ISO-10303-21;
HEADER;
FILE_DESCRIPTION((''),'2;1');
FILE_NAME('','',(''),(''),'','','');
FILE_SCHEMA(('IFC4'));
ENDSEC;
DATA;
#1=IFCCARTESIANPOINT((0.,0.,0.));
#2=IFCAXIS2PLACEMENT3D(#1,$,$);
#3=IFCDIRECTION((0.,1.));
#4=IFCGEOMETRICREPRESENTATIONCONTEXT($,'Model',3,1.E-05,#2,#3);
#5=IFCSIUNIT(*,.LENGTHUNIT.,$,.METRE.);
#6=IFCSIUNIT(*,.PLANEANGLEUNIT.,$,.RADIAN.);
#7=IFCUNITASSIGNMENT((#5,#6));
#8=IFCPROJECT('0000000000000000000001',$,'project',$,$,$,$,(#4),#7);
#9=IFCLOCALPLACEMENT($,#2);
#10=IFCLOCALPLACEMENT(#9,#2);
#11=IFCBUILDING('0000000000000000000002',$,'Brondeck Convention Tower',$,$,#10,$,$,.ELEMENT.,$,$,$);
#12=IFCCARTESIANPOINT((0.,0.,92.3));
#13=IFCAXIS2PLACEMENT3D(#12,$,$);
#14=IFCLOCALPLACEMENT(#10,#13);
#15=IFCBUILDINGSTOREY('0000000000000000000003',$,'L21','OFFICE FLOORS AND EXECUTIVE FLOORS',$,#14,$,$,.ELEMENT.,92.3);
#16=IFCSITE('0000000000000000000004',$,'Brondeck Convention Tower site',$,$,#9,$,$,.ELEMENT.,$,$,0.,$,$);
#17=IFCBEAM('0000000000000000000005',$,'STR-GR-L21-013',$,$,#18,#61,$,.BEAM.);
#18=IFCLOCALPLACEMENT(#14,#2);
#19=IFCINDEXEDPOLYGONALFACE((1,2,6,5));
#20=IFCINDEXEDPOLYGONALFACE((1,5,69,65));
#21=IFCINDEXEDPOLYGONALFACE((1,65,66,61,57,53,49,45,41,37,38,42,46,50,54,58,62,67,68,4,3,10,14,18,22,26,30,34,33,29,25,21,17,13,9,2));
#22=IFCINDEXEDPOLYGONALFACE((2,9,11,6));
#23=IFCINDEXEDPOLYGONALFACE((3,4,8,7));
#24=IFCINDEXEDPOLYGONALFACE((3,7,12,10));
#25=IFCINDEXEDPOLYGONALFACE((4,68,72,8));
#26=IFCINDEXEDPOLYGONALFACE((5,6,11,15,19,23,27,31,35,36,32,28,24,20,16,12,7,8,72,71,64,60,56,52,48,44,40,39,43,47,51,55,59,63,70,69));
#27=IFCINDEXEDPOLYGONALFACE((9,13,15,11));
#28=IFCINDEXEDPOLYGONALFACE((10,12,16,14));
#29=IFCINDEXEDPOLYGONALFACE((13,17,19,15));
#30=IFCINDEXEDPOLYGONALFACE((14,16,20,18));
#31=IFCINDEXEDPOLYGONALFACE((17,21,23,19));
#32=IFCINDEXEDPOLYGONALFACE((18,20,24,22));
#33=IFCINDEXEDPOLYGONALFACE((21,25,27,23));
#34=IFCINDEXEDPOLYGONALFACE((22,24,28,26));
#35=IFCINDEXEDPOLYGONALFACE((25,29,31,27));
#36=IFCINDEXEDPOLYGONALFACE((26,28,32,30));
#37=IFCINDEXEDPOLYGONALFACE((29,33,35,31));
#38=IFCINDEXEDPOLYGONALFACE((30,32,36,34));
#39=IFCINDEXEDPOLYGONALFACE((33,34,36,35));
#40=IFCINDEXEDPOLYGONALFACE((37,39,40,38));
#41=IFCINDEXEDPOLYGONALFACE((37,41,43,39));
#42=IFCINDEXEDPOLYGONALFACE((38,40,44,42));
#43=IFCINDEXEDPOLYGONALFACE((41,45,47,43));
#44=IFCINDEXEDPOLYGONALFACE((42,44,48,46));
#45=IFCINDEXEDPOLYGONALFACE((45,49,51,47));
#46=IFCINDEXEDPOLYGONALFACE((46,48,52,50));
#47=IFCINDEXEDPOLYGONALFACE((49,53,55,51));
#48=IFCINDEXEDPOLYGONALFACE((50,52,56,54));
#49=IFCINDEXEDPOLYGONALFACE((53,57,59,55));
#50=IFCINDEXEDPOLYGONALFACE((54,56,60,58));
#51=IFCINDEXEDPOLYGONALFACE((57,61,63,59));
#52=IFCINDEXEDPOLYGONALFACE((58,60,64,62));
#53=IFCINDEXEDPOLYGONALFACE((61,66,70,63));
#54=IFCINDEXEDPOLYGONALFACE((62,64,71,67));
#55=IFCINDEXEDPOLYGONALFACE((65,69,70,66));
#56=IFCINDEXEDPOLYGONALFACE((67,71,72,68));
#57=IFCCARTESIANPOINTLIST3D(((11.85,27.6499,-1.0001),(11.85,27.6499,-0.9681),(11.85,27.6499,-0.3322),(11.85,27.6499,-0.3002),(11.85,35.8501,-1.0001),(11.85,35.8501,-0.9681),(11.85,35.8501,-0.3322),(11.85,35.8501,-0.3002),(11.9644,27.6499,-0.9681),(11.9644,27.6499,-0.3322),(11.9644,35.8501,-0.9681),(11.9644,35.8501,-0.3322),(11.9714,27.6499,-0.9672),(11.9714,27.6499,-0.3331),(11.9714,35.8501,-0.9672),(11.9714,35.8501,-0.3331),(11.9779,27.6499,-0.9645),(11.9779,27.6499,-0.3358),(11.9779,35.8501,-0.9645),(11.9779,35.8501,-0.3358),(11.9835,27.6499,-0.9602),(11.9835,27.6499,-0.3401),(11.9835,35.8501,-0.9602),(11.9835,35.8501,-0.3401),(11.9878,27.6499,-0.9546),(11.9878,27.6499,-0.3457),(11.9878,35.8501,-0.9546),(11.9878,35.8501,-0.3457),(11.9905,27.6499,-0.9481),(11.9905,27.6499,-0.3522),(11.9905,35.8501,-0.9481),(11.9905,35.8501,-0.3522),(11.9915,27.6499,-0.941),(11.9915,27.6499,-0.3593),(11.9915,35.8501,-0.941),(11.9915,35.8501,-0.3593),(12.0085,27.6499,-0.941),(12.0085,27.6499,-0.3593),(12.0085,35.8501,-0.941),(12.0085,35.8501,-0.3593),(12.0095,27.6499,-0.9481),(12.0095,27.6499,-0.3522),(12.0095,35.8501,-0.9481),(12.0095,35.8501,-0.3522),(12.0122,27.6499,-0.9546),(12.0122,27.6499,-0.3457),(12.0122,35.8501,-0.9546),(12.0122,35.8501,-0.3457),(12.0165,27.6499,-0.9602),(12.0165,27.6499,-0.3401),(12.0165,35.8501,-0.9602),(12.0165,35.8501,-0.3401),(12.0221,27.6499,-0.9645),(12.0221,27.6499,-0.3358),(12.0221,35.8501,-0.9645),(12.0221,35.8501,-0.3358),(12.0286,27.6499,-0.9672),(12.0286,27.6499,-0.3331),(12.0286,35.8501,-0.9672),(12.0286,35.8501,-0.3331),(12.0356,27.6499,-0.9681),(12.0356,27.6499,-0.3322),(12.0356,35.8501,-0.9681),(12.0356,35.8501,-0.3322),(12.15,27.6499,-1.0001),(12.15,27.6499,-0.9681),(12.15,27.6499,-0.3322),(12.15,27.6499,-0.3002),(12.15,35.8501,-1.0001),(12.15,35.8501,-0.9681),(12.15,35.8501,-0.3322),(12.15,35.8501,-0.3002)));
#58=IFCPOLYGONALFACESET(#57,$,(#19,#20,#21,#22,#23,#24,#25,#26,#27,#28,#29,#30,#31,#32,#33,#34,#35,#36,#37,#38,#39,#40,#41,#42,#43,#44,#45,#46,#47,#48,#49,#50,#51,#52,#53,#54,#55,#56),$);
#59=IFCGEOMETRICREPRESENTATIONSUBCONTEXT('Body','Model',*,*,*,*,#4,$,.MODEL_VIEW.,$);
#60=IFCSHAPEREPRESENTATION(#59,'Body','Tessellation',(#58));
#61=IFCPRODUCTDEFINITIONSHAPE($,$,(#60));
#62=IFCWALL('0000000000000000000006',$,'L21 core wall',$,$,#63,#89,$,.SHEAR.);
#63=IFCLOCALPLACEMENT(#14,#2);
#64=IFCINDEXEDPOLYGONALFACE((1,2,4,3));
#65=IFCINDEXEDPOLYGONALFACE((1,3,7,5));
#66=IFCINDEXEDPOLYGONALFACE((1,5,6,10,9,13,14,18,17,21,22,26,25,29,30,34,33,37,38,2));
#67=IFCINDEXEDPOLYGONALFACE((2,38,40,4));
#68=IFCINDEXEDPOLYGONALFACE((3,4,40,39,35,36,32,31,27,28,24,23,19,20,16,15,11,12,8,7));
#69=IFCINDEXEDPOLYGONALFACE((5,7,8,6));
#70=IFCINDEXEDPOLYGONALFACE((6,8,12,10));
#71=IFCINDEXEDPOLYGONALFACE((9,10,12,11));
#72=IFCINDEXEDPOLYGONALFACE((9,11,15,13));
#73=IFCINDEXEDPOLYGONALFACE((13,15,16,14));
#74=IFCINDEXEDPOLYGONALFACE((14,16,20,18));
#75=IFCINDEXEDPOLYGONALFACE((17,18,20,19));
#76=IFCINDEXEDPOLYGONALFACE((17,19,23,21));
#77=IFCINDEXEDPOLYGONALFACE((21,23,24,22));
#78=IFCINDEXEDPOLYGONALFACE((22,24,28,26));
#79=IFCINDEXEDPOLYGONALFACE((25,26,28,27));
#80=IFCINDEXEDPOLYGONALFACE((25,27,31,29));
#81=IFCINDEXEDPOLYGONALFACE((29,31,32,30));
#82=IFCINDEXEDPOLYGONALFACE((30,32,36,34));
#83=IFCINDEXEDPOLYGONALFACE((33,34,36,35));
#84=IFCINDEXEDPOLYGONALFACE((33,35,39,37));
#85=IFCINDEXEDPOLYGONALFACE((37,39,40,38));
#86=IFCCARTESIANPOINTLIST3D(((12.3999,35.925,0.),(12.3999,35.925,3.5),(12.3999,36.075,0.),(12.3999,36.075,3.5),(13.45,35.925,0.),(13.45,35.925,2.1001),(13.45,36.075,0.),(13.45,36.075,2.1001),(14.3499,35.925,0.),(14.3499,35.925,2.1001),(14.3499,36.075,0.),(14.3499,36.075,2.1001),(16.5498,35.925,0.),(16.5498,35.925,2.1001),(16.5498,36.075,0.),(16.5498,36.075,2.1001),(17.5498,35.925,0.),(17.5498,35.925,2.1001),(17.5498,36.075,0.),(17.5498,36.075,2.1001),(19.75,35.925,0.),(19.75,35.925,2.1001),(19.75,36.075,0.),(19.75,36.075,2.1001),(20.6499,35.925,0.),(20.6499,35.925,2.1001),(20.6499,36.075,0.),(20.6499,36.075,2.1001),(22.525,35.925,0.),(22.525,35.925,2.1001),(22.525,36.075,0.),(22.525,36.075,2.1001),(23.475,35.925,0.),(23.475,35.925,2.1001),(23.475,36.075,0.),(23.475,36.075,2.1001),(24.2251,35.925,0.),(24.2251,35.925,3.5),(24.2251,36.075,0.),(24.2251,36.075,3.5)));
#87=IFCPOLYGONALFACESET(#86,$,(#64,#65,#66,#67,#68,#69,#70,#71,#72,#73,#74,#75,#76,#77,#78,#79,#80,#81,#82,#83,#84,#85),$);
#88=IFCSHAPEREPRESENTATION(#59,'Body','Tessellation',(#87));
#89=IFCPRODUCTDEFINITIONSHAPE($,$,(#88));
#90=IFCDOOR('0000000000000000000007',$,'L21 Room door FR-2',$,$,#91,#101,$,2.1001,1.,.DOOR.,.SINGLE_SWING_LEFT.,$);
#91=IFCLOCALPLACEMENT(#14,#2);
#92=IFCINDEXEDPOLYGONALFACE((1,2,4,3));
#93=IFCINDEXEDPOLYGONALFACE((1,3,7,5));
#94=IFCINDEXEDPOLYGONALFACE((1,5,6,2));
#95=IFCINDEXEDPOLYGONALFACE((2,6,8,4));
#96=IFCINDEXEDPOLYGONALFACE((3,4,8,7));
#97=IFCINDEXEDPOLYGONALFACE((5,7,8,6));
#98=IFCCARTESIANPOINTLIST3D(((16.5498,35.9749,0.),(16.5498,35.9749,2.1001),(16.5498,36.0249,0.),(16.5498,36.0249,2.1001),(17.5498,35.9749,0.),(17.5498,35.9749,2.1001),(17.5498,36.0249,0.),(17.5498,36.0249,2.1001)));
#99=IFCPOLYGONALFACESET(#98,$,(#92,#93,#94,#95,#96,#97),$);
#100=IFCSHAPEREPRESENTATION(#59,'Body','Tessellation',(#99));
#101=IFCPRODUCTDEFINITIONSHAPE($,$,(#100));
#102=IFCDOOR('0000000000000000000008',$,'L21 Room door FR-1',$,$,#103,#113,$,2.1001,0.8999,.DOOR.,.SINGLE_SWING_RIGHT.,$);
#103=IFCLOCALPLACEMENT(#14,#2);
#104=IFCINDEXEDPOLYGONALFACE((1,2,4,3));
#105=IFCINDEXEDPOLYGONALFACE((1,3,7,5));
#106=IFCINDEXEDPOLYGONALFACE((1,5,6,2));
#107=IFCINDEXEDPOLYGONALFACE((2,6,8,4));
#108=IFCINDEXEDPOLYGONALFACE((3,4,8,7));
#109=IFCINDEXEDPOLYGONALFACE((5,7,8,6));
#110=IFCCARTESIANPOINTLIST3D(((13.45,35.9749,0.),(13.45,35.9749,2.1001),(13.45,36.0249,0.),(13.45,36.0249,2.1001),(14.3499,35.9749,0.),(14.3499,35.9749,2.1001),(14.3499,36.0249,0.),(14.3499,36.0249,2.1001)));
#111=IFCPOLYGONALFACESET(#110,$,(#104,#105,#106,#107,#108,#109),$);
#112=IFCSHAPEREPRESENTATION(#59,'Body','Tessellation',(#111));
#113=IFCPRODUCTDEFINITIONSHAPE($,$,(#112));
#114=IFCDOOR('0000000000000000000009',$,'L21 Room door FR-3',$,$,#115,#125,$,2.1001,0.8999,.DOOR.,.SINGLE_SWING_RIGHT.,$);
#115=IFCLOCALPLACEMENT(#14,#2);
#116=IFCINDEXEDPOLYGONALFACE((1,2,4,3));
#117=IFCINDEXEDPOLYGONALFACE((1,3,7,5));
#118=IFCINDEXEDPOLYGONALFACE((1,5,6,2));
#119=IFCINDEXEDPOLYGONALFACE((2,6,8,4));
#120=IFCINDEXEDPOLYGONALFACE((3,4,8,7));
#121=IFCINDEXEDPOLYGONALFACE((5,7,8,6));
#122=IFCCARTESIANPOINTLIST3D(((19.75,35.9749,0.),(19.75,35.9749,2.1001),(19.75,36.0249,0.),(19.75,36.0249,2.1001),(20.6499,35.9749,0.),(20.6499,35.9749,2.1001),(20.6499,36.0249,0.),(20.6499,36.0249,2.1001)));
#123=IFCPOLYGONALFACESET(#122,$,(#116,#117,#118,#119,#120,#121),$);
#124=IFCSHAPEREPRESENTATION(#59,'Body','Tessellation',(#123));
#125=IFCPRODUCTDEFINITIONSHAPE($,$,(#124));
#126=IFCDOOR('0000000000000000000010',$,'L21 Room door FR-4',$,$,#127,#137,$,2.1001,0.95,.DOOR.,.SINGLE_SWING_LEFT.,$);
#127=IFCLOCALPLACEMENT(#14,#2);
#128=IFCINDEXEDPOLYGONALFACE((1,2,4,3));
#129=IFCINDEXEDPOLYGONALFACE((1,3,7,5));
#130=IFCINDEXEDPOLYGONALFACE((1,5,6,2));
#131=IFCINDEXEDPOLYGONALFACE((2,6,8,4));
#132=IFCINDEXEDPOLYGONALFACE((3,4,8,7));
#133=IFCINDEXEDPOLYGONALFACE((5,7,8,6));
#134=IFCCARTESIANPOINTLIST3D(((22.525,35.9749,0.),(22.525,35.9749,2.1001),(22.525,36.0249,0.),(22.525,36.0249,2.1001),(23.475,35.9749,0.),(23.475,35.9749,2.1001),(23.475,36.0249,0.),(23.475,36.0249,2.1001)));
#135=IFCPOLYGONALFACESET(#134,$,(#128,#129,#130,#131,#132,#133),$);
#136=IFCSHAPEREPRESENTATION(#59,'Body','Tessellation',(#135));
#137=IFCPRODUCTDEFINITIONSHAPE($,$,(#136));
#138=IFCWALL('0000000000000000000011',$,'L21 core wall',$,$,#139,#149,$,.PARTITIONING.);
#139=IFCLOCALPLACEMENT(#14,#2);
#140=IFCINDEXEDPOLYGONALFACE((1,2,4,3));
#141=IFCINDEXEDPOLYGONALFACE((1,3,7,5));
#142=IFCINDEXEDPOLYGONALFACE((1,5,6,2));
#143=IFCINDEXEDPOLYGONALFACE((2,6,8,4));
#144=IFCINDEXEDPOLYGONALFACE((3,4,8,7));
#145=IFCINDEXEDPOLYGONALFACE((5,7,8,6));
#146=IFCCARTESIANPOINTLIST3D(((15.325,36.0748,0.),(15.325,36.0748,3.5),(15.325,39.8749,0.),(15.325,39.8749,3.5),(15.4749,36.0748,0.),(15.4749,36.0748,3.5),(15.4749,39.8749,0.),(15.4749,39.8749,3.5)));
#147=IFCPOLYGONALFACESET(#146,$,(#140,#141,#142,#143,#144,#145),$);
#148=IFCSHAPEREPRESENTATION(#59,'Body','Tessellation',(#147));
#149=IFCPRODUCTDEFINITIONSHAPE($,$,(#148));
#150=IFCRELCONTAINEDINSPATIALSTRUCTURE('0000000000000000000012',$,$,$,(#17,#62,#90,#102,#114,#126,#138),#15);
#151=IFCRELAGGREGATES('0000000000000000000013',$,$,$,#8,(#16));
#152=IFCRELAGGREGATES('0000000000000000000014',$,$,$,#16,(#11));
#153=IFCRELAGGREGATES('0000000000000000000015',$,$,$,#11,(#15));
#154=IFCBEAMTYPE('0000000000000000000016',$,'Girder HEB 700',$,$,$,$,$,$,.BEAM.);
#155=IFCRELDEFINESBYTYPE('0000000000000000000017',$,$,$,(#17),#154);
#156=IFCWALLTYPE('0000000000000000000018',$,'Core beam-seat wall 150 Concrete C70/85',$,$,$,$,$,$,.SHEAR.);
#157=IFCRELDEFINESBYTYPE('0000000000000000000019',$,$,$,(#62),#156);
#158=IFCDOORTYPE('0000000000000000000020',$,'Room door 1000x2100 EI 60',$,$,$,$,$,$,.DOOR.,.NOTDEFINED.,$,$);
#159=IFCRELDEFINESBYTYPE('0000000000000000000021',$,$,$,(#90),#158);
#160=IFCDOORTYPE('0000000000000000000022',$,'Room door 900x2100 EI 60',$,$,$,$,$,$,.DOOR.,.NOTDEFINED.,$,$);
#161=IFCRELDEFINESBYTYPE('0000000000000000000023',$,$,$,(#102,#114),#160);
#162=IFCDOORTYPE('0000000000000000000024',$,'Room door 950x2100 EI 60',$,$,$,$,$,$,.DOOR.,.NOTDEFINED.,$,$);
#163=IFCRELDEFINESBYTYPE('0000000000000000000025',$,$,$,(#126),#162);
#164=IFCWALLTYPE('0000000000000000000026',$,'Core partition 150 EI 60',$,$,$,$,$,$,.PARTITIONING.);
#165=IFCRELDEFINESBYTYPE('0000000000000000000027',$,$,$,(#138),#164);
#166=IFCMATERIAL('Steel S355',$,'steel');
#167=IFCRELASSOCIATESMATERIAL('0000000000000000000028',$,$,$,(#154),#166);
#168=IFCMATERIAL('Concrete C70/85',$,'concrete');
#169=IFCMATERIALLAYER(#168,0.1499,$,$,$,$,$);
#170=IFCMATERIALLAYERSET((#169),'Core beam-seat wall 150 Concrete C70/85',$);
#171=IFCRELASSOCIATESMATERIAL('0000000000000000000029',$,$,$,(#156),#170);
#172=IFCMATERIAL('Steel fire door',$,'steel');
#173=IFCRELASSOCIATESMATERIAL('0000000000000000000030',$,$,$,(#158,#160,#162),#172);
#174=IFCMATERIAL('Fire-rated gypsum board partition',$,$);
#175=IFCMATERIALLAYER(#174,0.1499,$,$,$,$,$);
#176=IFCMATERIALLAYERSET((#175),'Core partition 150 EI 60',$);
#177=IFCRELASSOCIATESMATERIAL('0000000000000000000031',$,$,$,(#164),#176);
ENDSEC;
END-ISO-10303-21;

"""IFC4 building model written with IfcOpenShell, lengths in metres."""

from ifc_helpers import new_model, si_unit, direction, frame, frame_2d, origin, origin_2d, place, context, subcontext, project, spatial, rectangle, i_section, extrude, material, layer, layer_set, material_profile, profile_set, type_object, element, fill, save


model = new_model("IFC4")

# Units and contexts
model_context = context("Model", 3, precision=1e-05, world=origin(), true_north=direction((0.0, 1.0)))
body_context = subcontext(model_context, "Body", "Model", "MODEL_VIEW")
ifc_project = project(units=[si_unit("LENGTHUNIT", "METRE"), si_unit("PLANEANGLEUNIT", "RADIAN")], contexts=[model_context])

# Site, building, storey
site_placement = place(None, origin())
site = spatial("IfcSite", under=ifc_project, at=site_placement, Name="Brondeck Convention Tower site", CompositionType="ELEMENT", RefElevation=0.0)
building_placement = place(site_placement, origin())
building = spatial("IfcBuilding", under=site, at=building_placement, Name="Brondeck Convention Tower", CompositionType="ELEMENT")
storey_placement = place(building_placement, frame((0.0, 0.0, 92.3)))
storey = spatial("IfcBuildingStorey", under=building, at=storey_placement, Name="L21", Description="OFFICE FLOORS AND EXECUTIVE FLOORS", CompositionType="ELEMENT", Elevation=92.3)

# Beam
ifc_material_1 = material(Name="Steel S355", Category="steel")
ifc_material_profile = material_profile(ifc_material_1, i_section(OverallWidth=0.3, OverallDepth=0.7, WebThickness=0.0171, FlangeThickness=0.032, FilletRadius=0.0271, at=origin_2d()), Name="HEB 700")
ifc_profile_set = profile_set([ifc_material_profile], Name="Steel S355")
beam_type = type_object("IfcBeamType", Name="Girder HEB 700", PredefinedType="BEAM", material=ifc_profile_set)
beam_placement = place(storey_placement, frame((12.0, 35.8501, -0.6501), z_axis=(0.0, -1.0, 0.0), x_axis=(1.0, 0.0, 0.0)))
element("IfcBeam", 1, at=beam_placement, inside=storey, type_object=beam_type, Name="STR-GR-L21-013", PredefinedType="BEAM", context=body_context, shape_type="SweptSolid", body=[
    extrude(i_section(OverallWidth=0.3, OverallDepth=0.7, WebThickness=0.0171, FlangeThickness=0.032, FilletRadius=0.0271, at=origin_2d()), origin(), (0.0, 0.0, 1.0), 8.2002),
])

# Wall, openings, doors
ifc_material_2 = material(Name="Concrete C70/85", Category="concrete")
ifc_layer_1 = layer(ifc_material_2, 0.1499)
ifc_layer_set_1 = layer_set([ifc_layer_1], Name="Core beam-seat wall 150 Concrete C70/85")
wall_type_1 = type_object("IfcWallType", Name="Core beam-seat wall 150 Concrete C70/85", PredefinedType="SHEAR", material=ifc_layer_set_1)
wall_1_placement = place(storey_placement, frame((12.3999, 36.0, 0.0), z_axis=(0.0, 0.0, 1.0), x_axis=(1.0, 0.0, 0.0)))
wall_1 = element("IfcWall", 2, at=wall_1_placement, inside=storey, type_object=wall_type_1, Name="L21 core wall", PredefinedType="SHEAR", context=body_context, shape_type="SweptSolid", body=[
    extrude(rectangle(XDim=11.8252, YDim=0.1499, at=frame_2d((5.9126, 0.0))), origin(), (0.0, 0.0, 1.0), 3.5),
])
opening_1_placement = place(wall_1_placement, frame((1.05, 0.0, 0.0)))
opening_1 = element("IfcOpeningElement", 3, at=opening_1_placement, cuts=wall_1, PredefinedType="OPENING", context=body_context, shape_type="SweptSolid", body=[
    extrude(rectangle(XDim=0.8999, YDim=2.1001, at=frame_2d((0.45, 1.05))), frame((0.0, 0.085, 0.0), z_axis=(0.0, -1.0, 0.0), x_axis=(1.0, 0.0, 0.0)), (0.0, 0.0, 1.0), 0.1699),
])
opening_2_placement = place(wall_1_placement, frame((4.1499, 0.0, 0.0)))
opening_2 = element("IfcOpeningElement", 4, at=opening_2_placement, cuts=wall_1, PredefinedType="OPENING", context=body_context, shape_type="SweptSolid", body=[
    extrude(rectangle(XDim=1.0, YDim=2.1001, at=frame_2d((0.5, 1.05))), frame((0.0, 0.085, 0.0), z_axis=(0.0, -1.0, 0.0), x_axis=(1.0, 0.0, 0.0)), (0.0, 0.0, 1.0), 0.1699),
])
opening_3_placement = place(wall_1_placement, frame((7.3501, 0.0, 0.0)))
opening_3 = element("IfcOpeningElement", 5, at=opening_3_placement, cuts=wall_1, PredefinedType="OPENING", context=body_context, shape_type="SweptSolid", body=[
    extrude(rectangle(XDim=0.8999, YDim=2.1001, at=frame_2d((0.45, 1.05))), frame((0.0, 0.085, 0.0), z_axis=(0.0, -1.0, 0.0), x_axis=(1.0, 0.0, 0.0)), (0.0, 0.0, 1.0), 0.1699),
])
opening_4_placement = place(wall_1_placement, frame((10.125, 0.0, 0.0)))
opening_4 = element("IfcOpeningElement", 6, at=opening_4_placement, cuts=wall_1, PredefinedType="OPENING", context=body_context, shape_type="SweptSolid", body=[
    extrude(rectangle(XDim=0.95, YDim=2.1001, at=frame_2d((0.4751, 1.05))), frame((0.0, 0.085, 0.0), z_axis=(0.0, -1.0, 0.0), x_axis=(1.0, 0.0, 0.0)), (0.0, 0.0, 1.0), 0.1699),
])
ifc_material_3 = material(Name="Steel fire door", Category="steel")
door_type_1 = type_object("IfcDoorType", Name="Room door 1000x2100 EI 60", OperationType="NOTDEFINED", PredefinedType="DOOR", material=ifc_material_3)
door_1_placement = place(opening_2_placement, origin())
door_1 = element("IfcDoor", 7, at=door_1_placement, inside=storey, type_object=door_type_1, Name="L21 Room door FR-2", OperationType="SINGLE_SWING_LEFT", OverallHeight=2.1001, OverallWidth=1.0, PredefinedType="DOOR", context=body_context, shape_type="SweptSolid", body=[
    extrude(rectangle(XDim=1.0, YDim=2.1001, at=frame_2d((0.5, 1.05))), frame((0.0, 0.0249, 0.0), z_axis=(0.0, -1.0, 0.0), x_axis=(1.0, 0.0, 0.0)), (0.0, 0.0, 1.0), 0.05),
])
fill(opening_2, door_1)
door_type_2 = type_object("IfcDoorType", Name="Room door 900x2100 EI 60", OperationType="NOTDEFINED", PredefinedType="DOOR", material=ifc_material_3)
door_2_placement = place(opening_1_placement, origin())
door_2 = element("IfcDoor", 8, at=door_2_placement, inside=storey, type_object=door_type_2, Name="L21 Room door FR-1", OperationType="SINGLE_SWING_RIGHT", OverallHeight=2.1001, OverallWidth=0.8999, PredefinedType="DOOR", context=body_context, shape_type="SweptSolid", body=[
    extrude(rectangle(XDim=0.8999, YDim=2.1001, at=frame_2d((0.45, 1.05))), frame((0.0, 0.0249, 0.0), z_axis=(0.0, -1.0, 0.0), x_axis=(1.0, 0.0, 0.0)), (0.0, 0.0, 1.0), 0.05),
])
fill(opening_1, door_2)
door_3_placement = place(opening_3_placement, origin())
door_3 = element("IfcDoor", 9, at=door_3_placement, inside=storey, type_object=door_type_2, Name="L21 Room door FR-3", OperationType="SINGLE_SWING_RIGHT", OverallHeight=2.1001, OverallWidth=0.8999, PredefinedType="DOOR", context=body_context, shape_type="SweptSolid", body=[
    extrude(rectangle(XDim=0.8999, YDim=2.1001, at=frame_2d((0.45, 1.05))), frame((0.0, 0.0249, 0.0), z_axis=(0.0, -1.0, 0.0), x_axis=(1.0, 0.0, 0.0)), (0.0, 0.0, 1.0), 0.05),
])
fill(opening_3, door_3)
door_type_3 = type_object("IfcDoorType", Name="Room door 950x2100 EI 60", OperationType="NOTDEFINED", PredefinedType="DOOR", material=ifc_material_3)
door_4_placement = place(opening_4_placement, origin())
door_4 = element("IfcDoor", 10, at=door_4_placement, inside=storey, type_object=door_type_3, Name="L21 Room door FR-4", OperationType="SINGLE_SWING_LEFT", OverallHeight=2.1001, OverallWidth=0.95, PredefinedType="DOOR", context=body_context, shape_type="SweptSolid", body=[
    extrude(rectangle(XDim=0.95, YDim=2.1001, at=frame_2d((0.4751, 1.05))), frame((0.0, 0.0249, 0.0), z_axis=(0.0, -1.0, 0.0), x_axis=(1.0, 0.0, 0.0)), (0.0, 0.0, 1.0), 0.05),
])
fill(opening_4, door_4)

# Wall
ifc_material_4 = material(Name="Fire-rated gypsum board partition")
ifc_layer_2 = layer(ifc_material_4, 0.1499)
ifc_layer_set_2 = layer_set([ifc_layer_2], Name="Core partition 150 EI 60")
wall_type_2 = type_object("IfcWallType", Name="Core partition 150 EI 60", PredefinedType="PARTITIONING", material=ifc_layer_set_2)
wall_2_placement = place(storey_placement, frame((15.3999, 36.075, 0.0), z_axis=(0.0, 0.0, 1.0), x_axis=(0.0, 1.0, 0.0)))
element("IfcWall", 11, at=wall_2_placement, inside=storey, type_object=wall_type_2, Name="L21 core wall", PredefinedType="PARTITIONING", context=body_context, shape_type="SweptSolid", body=[
    extrude(rectangle(XDim=3.8, YDim=0.1499, at=frame_2d((1.8999, 0.0))), origin(), (0.0, 0.0, 1.0), 3.5),
])

save(model, "model.ifc")
